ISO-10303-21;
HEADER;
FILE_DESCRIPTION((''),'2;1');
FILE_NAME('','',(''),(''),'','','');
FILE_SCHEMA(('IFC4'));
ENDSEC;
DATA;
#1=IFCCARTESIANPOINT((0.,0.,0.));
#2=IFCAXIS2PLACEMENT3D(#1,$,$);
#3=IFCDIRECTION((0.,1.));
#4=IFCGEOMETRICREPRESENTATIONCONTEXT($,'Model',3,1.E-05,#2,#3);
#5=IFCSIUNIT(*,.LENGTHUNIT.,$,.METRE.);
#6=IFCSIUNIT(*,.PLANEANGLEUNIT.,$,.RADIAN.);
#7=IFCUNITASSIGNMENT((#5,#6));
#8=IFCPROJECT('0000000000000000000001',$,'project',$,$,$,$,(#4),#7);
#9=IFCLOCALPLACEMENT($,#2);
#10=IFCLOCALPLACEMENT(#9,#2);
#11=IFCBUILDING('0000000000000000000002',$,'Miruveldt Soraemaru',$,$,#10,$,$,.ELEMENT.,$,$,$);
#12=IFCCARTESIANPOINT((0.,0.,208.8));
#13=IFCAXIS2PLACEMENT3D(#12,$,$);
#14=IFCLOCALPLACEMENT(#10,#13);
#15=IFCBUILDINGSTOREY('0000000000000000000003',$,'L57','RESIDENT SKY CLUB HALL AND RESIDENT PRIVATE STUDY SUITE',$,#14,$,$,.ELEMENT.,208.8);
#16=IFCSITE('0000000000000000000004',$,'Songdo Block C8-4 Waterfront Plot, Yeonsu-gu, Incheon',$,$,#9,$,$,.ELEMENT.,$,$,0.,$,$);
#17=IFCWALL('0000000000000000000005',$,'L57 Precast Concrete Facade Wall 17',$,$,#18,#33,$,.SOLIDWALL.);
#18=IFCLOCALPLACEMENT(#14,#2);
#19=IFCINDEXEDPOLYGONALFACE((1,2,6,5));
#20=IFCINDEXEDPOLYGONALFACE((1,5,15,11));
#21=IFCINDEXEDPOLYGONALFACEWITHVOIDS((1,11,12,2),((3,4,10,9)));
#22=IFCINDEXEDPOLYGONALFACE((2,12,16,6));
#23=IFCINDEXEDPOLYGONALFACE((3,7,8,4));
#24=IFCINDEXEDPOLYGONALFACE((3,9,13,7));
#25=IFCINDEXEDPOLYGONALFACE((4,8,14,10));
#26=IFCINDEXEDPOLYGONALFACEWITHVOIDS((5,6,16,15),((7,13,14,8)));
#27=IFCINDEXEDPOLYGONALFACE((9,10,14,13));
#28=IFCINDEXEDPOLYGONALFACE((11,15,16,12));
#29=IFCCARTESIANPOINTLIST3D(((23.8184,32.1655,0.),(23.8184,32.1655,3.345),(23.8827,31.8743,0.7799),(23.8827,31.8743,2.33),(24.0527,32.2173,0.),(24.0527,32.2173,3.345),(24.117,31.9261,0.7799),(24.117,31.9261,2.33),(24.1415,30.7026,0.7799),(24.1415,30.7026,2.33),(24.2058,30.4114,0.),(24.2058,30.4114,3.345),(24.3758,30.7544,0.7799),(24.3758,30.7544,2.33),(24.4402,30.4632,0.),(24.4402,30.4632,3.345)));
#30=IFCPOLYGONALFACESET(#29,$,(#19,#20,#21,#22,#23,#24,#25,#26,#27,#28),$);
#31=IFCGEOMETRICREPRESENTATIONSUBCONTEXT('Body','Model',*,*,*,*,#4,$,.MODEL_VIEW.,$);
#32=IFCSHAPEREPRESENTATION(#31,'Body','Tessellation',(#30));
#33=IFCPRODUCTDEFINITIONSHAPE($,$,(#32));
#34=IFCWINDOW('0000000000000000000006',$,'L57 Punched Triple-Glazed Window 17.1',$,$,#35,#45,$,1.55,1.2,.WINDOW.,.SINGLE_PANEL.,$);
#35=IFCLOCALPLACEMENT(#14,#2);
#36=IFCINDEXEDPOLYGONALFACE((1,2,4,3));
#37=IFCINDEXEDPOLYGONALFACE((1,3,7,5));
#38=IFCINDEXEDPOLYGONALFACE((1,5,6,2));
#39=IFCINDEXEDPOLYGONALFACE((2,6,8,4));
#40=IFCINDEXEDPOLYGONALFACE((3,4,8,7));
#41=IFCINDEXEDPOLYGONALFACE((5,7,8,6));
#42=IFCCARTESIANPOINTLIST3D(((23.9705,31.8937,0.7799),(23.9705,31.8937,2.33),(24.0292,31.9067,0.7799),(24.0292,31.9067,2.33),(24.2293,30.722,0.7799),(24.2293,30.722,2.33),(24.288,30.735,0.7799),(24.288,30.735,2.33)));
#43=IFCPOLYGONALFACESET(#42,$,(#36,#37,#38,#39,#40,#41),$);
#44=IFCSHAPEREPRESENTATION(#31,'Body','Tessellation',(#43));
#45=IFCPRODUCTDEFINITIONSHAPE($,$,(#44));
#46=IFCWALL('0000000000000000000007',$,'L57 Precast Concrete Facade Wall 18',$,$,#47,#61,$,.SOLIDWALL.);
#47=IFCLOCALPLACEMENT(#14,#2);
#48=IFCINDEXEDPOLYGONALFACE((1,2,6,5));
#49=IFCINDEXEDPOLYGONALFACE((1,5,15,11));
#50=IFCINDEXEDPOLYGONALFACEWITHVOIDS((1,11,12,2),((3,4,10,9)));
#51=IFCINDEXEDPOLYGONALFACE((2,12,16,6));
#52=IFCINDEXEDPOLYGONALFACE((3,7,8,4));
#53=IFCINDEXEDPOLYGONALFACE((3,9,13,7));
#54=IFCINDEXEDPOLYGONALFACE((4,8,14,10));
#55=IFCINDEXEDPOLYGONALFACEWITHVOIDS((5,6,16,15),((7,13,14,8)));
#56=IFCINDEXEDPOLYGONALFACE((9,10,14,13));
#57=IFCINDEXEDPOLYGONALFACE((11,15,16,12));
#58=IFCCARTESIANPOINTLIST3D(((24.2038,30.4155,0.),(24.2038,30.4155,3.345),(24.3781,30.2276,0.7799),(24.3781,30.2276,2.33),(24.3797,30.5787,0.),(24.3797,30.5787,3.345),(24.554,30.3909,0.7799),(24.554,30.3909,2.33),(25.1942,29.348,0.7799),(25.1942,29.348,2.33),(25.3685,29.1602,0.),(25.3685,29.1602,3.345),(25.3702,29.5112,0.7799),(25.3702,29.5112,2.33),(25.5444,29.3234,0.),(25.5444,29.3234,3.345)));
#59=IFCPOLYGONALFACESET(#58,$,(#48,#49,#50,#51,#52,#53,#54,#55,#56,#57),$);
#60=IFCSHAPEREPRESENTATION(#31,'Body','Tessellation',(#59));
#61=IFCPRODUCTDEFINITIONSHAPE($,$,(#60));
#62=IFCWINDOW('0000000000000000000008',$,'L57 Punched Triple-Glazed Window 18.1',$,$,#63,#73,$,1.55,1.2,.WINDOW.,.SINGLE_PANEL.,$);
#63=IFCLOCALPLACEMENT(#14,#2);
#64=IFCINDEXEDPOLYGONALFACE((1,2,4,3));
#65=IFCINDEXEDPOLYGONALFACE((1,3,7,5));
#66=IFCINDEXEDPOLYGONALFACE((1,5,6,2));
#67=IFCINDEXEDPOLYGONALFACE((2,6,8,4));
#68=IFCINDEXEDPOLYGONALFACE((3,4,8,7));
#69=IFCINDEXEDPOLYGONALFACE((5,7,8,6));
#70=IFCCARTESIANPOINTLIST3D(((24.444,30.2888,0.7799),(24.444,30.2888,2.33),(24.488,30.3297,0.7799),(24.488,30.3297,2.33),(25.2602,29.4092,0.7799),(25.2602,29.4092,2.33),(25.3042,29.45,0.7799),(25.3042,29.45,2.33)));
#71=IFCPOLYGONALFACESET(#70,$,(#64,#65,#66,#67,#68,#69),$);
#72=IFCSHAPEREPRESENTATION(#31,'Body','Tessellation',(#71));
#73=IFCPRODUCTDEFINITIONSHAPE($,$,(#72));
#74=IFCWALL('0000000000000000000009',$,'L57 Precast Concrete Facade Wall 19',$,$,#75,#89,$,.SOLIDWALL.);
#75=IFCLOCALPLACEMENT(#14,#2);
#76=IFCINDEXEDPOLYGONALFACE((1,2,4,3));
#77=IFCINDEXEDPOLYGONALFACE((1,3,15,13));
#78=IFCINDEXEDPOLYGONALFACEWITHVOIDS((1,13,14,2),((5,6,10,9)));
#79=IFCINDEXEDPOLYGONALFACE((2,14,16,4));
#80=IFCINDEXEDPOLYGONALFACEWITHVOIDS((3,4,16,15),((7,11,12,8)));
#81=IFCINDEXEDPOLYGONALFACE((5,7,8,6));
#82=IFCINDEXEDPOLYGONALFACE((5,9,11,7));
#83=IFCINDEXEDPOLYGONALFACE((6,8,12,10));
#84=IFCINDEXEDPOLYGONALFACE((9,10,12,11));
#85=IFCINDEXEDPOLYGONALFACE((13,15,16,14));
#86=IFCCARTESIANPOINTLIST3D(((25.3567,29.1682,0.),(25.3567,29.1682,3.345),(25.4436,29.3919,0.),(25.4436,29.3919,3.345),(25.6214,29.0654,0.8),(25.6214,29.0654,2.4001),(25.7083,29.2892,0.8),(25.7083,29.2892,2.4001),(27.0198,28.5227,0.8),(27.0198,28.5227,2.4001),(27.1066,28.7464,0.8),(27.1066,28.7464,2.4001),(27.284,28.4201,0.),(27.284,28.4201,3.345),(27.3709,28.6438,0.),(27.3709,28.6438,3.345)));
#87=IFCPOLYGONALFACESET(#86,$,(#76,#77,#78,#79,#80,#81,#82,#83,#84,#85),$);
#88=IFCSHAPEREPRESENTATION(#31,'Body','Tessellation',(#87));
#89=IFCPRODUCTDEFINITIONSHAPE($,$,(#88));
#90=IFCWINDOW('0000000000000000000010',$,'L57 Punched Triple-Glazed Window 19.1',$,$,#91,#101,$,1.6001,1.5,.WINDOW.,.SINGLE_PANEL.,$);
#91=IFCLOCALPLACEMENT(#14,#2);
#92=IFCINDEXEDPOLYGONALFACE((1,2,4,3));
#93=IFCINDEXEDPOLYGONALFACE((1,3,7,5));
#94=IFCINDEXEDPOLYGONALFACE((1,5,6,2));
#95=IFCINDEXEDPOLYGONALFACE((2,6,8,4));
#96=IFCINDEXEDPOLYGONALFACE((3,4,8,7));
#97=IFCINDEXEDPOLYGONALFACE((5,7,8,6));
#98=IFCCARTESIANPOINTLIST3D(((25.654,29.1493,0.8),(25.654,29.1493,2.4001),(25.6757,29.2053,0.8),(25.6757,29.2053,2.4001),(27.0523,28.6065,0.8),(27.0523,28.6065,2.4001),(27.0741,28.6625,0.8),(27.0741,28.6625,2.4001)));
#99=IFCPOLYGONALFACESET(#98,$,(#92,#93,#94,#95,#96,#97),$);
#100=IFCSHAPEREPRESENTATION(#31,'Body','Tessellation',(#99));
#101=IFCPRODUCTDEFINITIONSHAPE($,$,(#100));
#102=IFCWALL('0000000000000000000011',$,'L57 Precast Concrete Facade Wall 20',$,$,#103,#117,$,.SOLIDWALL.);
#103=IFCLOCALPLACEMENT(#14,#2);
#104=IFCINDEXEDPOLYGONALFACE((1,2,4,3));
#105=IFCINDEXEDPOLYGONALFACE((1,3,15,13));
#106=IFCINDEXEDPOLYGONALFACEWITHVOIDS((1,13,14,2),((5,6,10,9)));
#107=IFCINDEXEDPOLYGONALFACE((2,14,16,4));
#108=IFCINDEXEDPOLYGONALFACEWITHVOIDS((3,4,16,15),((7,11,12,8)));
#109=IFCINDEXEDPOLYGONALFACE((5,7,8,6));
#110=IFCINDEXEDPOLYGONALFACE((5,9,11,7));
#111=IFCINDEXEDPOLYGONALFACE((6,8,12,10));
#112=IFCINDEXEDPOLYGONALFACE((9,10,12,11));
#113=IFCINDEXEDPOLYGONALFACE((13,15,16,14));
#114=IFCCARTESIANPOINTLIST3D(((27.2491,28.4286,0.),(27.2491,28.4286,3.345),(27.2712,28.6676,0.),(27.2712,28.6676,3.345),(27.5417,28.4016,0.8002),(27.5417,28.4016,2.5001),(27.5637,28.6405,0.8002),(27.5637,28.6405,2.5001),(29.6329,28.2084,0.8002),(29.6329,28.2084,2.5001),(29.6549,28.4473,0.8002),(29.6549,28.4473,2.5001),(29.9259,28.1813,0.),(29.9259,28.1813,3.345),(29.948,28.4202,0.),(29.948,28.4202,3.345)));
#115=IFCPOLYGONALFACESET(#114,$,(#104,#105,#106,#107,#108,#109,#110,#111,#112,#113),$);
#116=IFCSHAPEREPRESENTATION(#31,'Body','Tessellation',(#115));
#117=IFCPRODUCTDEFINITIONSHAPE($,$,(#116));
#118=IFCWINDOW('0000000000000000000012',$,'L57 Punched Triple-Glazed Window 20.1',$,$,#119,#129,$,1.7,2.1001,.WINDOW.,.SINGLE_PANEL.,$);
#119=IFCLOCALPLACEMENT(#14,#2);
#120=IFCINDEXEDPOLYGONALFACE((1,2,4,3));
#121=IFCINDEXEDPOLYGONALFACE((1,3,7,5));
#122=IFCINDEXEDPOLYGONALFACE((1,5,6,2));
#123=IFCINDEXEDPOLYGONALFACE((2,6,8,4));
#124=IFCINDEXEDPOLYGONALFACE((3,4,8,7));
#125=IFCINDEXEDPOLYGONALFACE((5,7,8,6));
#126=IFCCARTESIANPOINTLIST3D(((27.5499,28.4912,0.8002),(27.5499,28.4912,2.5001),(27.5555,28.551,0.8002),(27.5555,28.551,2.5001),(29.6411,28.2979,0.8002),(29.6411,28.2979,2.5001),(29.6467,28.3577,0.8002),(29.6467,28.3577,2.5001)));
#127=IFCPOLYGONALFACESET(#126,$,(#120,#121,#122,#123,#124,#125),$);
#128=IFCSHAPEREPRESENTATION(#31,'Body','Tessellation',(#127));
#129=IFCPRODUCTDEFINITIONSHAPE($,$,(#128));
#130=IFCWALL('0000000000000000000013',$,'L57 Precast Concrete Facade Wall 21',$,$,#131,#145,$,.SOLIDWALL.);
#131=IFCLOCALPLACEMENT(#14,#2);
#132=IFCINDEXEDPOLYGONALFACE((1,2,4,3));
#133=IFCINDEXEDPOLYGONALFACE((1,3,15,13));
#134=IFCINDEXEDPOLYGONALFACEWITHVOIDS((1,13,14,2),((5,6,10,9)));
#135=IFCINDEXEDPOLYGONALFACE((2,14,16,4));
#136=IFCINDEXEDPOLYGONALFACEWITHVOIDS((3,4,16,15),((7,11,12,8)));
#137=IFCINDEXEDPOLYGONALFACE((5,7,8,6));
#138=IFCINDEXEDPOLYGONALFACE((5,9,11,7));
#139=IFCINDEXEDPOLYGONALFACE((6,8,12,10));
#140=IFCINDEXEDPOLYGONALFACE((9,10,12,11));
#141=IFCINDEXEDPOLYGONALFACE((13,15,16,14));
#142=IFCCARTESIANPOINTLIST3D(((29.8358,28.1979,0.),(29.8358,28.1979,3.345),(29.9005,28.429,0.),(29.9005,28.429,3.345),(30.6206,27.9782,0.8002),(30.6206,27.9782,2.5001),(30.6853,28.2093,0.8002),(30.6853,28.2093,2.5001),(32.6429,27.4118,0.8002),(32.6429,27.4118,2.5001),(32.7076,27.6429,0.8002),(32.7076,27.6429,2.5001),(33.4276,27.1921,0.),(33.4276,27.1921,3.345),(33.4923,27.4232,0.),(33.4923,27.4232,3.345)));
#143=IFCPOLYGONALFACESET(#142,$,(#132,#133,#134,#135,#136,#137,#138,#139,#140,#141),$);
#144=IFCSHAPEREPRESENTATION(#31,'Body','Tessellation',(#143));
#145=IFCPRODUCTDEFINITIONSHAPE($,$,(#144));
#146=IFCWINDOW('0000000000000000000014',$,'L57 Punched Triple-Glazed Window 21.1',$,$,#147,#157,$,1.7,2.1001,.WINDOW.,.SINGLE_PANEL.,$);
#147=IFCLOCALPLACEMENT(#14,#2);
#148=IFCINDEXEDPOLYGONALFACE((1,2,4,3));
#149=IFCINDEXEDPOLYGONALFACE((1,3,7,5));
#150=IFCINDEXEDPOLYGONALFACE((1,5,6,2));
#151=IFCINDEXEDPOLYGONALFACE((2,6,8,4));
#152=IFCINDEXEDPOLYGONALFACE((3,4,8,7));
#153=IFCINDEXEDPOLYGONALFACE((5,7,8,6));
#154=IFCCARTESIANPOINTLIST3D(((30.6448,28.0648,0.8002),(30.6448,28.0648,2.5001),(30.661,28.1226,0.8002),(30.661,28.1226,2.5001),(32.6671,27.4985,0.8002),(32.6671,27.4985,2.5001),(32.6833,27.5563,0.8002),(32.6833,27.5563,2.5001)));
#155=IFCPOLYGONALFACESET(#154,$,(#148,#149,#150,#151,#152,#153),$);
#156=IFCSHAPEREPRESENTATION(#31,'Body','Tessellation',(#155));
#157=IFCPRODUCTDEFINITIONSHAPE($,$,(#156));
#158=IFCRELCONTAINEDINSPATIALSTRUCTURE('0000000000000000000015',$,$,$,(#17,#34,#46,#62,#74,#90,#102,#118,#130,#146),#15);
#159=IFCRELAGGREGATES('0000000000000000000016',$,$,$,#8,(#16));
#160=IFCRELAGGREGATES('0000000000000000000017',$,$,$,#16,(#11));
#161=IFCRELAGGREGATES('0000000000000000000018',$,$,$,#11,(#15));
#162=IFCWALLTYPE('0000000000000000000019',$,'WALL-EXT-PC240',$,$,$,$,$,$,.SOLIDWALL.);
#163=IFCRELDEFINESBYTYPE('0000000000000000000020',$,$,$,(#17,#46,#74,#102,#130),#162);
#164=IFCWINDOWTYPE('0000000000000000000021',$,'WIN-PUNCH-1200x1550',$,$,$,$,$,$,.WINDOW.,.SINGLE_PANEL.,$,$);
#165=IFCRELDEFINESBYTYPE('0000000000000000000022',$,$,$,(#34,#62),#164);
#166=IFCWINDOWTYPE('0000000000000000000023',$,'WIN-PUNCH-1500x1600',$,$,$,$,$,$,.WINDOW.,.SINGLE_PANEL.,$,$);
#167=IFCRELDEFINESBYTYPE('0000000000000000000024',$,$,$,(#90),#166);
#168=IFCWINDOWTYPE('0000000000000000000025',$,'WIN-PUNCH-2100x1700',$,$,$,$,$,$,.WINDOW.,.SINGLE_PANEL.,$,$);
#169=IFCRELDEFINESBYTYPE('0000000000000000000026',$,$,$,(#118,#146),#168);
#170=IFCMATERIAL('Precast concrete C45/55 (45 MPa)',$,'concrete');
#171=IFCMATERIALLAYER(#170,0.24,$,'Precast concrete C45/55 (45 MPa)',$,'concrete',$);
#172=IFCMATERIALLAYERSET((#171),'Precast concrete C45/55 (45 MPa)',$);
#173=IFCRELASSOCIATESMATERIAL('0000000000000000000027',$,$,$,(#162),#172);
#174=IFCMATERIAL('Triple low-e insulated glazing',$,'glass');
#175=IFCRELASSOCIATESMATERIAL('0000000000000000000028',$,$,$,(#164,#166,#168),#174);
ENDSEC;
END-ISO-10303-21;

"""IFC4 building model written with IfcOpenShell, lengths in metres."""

from ifc_helpers import new_model, si_unit, direction, frame, frame_2d, origin, place, context, subcontext, project, spatial, rectangle, extrude, material, layer, layer_set, type_object, element, fill, save


model = new_model("IFC4")

# Units and contexts
model_context = context("Model", 3, precision=1e-05, world=origin(), true_north=direction((0.0, 1.0)))
body_context = subcontext(model_context, "Body", "Model", "MODEL_VIEW")
ifc_project = project(units=[si_unit("LENGTHUNIT", "METRE"), si_unit("PLANEANGLEUNIT", "RADIAN")], contexts=[model_context])

# Site, building, storey
site_placement = place(None, origin())
site = spatial("IfcSite", under=ifc_project, at=site_placement, Name="Songdo Block C8-4 Waterfront Plot, Yeonsu-gu, Incheon", CompositionType="ELEMENT", RefElevation=0.0)
building_placement = place(site_placement, origin())
building = spatial("IfcBuilding", under=site, at=building_placement, Name="Miruveldt Soraemaru", CompositionType="ELEMENT")
storey_placement = place(building_placement, frame((0.0, 0.0, 208.8)))
storey = spatial("IfcBuildingStorey", under=building, at=storey_placement, Name="L57", Description="RESIDENT SKY CLUB HALL AND RESIDENT PRIVATE STUDY SUITE", CompositionType="ELEMENT", Elevation=208.8)

# Walls, openings, windows
ifc_material_1 = material(Name="Precast concrete C45/55 (45 MPa)", Category="concrete")
ifc_layer_1 = layer(ifc_material_1, 0.24, Name="Precast concrete C45/55 (45 MPa)", Category="concrete")
ifc_layer_set_1 = layer_set([ifc_layer_1], Name="Precast concrete C45/55 (45 MPa)")
wall_type_1 = type_object("IfcWallType", Name="WALL-EXT-PC240", PredefinedType="SOLIDWALL", material=ifc_layer_set_1)
ifc_material_2 = material(Name="Triple low-e insulated glazing", Category="glass")
wall_1_placement = place(storey_placement, frame((23.9355, 32.1914, 0.0), z_axis=(0.0, 0.0, 1.0), x_axis=(0.215678, -0.976464, 0.0)))
wall_1 = element("IfcWall", 1, at=wall_1_placement, inside=storey, type_object=wall_type_1, Name="L57 Precast Concrete Facade Wall 17", PredefinedType="SOLIDWALL", context=body_context, shape_type="SweptSolid", body=[
    extrude(rectangle(XDim=1.7964, YDim=0.24, at=frame_2d((0.8982, 0.0))), origin(), (0.0, 0.0, 1.0), 3.345),
])
opening_1_placement = place(wall_1_placement, frame((0.2981, 0.0, 0.78)))
opening_1 = element("IfcOpeningElement", 2, at=opening_1_placement, cuts=wall_1, PredefinedType="OPENING", context=body_context, shape_type="SweptSolid", body=[
    extrude(rectangle(XDim=1.2, YDim=1.55, at=frame_2d((0.6001, 0.7749))), frame((0.0, 0.1299, 0.0), z_axis=(0.0, -1.0, 0.0), x_axis=(1.0, 0.0, 0.0)), (0.0, 0.0, 1.0), 0.26),
])
window_type_1 = type_object("IfcWindowType", Name="WIN-PUNCH-1200x1550", PartitioningType="SINGLE_PANEL", PredefinedType="WINDOW", material=ifc_material_2)
window_1_placement = place(opening_1_placement, origin())
window_1 = element("IfcWindow", 3, at=window_1_placement, inside=storey, type_object=window_type_1, Name="L57 Punched Triple-Glazed Window 17.1", OverallHeight=1.55, OverallWidth=1.2, PartitioningType="SINGLE_PANEL", PredefinedType="WINDOW", context=body_context, shape_type="SweptSolid", body=[
    extrude(rectangle(XDim=1.2, YDim=1.55, at=frame_2d((0.6001, 0.7749))), frame((0.0, 0.03, 0.0), z_axis=(0.0, -1.0, 0.0), x_axis=(1.0, 0.0, 0.0)), (0.0, 0.0, 1.0), 0.0601),
])
fill(opening_1, window_1)
wall_2_placement = place(storey_placement, frame((24.2917, 30.4971, 0.0), z_axis=(0.0, 0.0, 1.0), x_axis=(0.680167, -0.733057, 0.0)))
wall_2 = element("IfcWall", 4, at=wall_2_placement, inside=storey, type_object=wall_type_1, Name="L57 Precast Concrete Facade Wall 18", PredefinedType="SOLIDWALL", context=body_context, shape_type="SweptSolid", body=[
    extrude(rectangle(XDim=1.7124, YDim=0.24, at=frame_2d((0.8562, 0.0))), origin(), (0.0, 0.0, 1.0), 3.345),
])
opening_2_placement = place(wall_2_placement, frame((0.2561, 0.0, 0.78)))
opening_2 = element("IfcOpeningElement", 5, at=opening_2_placement, cuts=wall_2, PredefinedType="OPENING", context=body_context, shape_type="SweptSolid", body=[
    extrude(rectangle(XDim=1.2, YDim=1.55, at=frame_2d((0.6001, 0.7749))), frame((0.0, 0.1299, 0.0), z_axis=(0.0, -1.0, 0.0), x_axis=(1.0, 0.0, 0.0)), (0.0, 0.0, 1.0), 0.26),
])
window_2_placement = place(opening_2_placement, origin())
window_2 = element("IfcWindow", 6, at=window_2_placement, inside=storey, type_object=window_type_1, Name="L57 Punched Triple-Glazed Window 18.1", OverallHeight=1.55, OverallWidth=1.2, PartitioningType="SINGLE_PANEL", PredefinedType="WINDOW", context=body_context, shape_type="SweptSolid", body=[
    extrude(rectangle(XDim=1.2, YDim=1.55, at=frame_2d((0.6001, 0.7749))), frame((0.0, 0.03, 0.0), z_axis=(0.0, -1.0, 0.0), x_axis=(1.0, 0.0, 0.0)), (0.0, 0.0, 1.0), 0.0601),
])
fill(opening_2, window_2)
wall_3_placement = place(storey_placement, frame((25.4001, 29.28, 0.0), z_axis=(0.0, 0.0, 1.0), x_axis=(0.932239, -0.361842, 0.0)))
wall_3 = element("IfcWall", 7, at=wall_3_placement, inside=storey, type_object=wall_type_1, Name="L57 Precast Concrete Facade Wall 19", PredefinedType="SOLIDWALL", context=body_context, shape_type="SweptSolid", body=[
    extrude(rectangle(XDim=2.0674, YDim=0.24, at=frame_2d((1.0337, 0.0))), origin(), (0.0, 0.0, 1.0), 3.345),
])
opening_3_placement = place(wall_3_placement, frame((0.2839, 0.0, 0.8)))
opening_3 = element("IfcOpeningElement", 8, at=opening_3_placement, cuts=wall_3, PredefinedType="OPENING", context=body_context, shape_type="SweptSolid", body=[
    extrude(rectangle(XDim=1.5, YDim=1.6001, at=frame_2d((0.75, 0.8))), frame((0.0, 0.1299, 0.0), z_axis=(0.0, -1.0, 0.0), x_axis=(1.0, 0.0, 0.0)), (0.0, 0.0, 1.0), 0.26),
])
window_type_2 = type_object("IfcWindowType", Name="WIN-PUNCH-1500x1600", PartitioningType="SINGLE_PANEL", PredefinedType="WINDOW", material=ifc_material_2)
window_3_placement = place(opening_3_placement, origin())
window_3 = element("IfcWindow", 9, at=window_3_placement, inside=storey, type_object=window_type_2, Name="L57 Punched Triple-Glazed Window 19.1", OverallHeight=1.6001, OverallWidth=1.5, PartitioningType="SINGLE_PANEL", PredefinedType="WINDOW", context=body_context, shape_type="SweptSolid", body=[
    extrude(rectangle(XDim=1.5, YDim=1.6001, at=frame_2d((0.75, 0.8))), frame((0.0, 0.03, 0.0), z_axis=(0.0, -1.0, 0.0), x_axis=(1.0, 0.0, 0.0)), (0.0, 0.0, 1.0), 0.0601),
])
fill(opening_3, window_3)
wall_4_placement = place(storey_placement, frame((27.26, 28.5481, 0.0), z_axis=(0.0, 0.0, 1.0), x_axis=(0.995759, -0.092001, 0.0)))
wall_4 = element("IfcWall", 10, at=wall_4_placement, inside=storey, type_object=wall_type_1, Name="L57 Precast Concrete Facade Wall 20", PredefinedType="SOLIDWALL", context=body_context, shape_type="SweptSolid", body=[
    extrude(rectangle(XDim=2.6882, YDim=0.24, at=frame_2d((1.3442, 0.0))), origin(), (0.0, 0.0, 1.0), 3.345),
])
opening_4_placement = place(wall_4_placement, frame((0.2939, 0.0, 0.8)))
opening_4 = element("IfcOpeningElement", 11, at=opening_4_placement, cuts=wall_4, PredefinedType="OPENING", context=body_context, shape_type="SweptSolid", body=[
    extrude(rectangle(XDim=2.1001, YDim=1.7, at=frame_2d((1.05, 0.8501))), frame((0.0, 0.1299, 0.0), z_axis=(0.0, -1.0, 0.0), x_axis=(1.0, 0.0, 0.0)), (0.0, 0.0, 1.0), 0.26),
])
window_type_3 = type_object("IfcWindowType", Name="WIN-PUNCH-2100x1700", PartitioningType="SINGLE_PANEL", PredefinedType="WINDOW", material=ifc_material_2)
window_4_placement = place(opening_4_placement, origin())
window_4 = element("IfcWindow", 12, at=window_4_placement, inside=storey, type_object=window_type_3, Name="L57 Punched Triple-Glazed Window 20.1", OverallHeight=1.7, OverallWidth=2.1001, PartitioningType="SINGLE_PANEL", PredefinedType="WINDOW", context=body_context, shape_type="SweptSolid", body=[
    extrude(rectangle(XDim=2.1001, YDim=1.7, at=frame_2d((1.05, 0.8501))), frame((0.0, 0.03, 0.0), z_axis=(0.0, -1.0, 0.0), x_axis=(1.0, 0.0, 0.0)), (0.0, 0.0, 1.0), 0.0601),
])
fill(opening_4, window_4)
wall_5_placement = place(storey_placement, frame((29.8682, 28.3135, 0.0), z_axis=(0.0, 0.0, 1.0), x_axis=(0.962953, -0.269669, 0.0)))
wall_5 = element("IfcWall", 13, at=wall_5_placement, inside=storey, type_object=wall_type_1, Name="L57 Precast Concrete Facade Wall 21", PredefinedType="SOLIDWALL", context=body_context, shape_type="SweptSolid", body=[
    extrude(rectangle(XDim=3.73, YDim=0.24, at=frame_2d((1.865, 0.0))), origin(), (0.0, 0.0, 1.0), 3.345),
])
opening_5_placement = place(wall_5_placement, frame((0.8149, 0.0, 0.8)))
opening_5 = element("IfcOpeningElement", 14, at=opening_5_placement, cuts=wall_5, PredefinedType="OPENING", context=body_context, shape_type="SweptSolid", body=[
    extrude(rectangle(XDim=2.1001, YDim=1.7, at=frame_2d((1.05, 0.8501))), frame((0.0, 0.1299, 0.0), z_axis=(0.0, -1.0, 0.0), x_axis=(1.0, 0.0, 0.0)), (0.0, 0.0, 1.0), 0.26),
])
window_5_placement = place(opening_5_placement, origin())
window_5 = element("IfcWindow", 15, at=window_5_placement, inside=storey, type_object=window_type_3, Name="L57 Punched Triple-Glazed Window 21.1", OverallHeight=1.7, OverallWidth=2.1001, PartitioningType="SINGLE_PANEL", PredefinedType="WINDOW", context=body_context, shape_type="SweptSolid", body=[
    extrude(rectangle(XDim=2.1001, YDim=1.7, at=frame_2d((1.05, 0.8501))), frame((0.0, 0.03, 0.0), z_axis=(0.0, -1.0, 0.0), x_axis=(1.0, 0.0, 0.0)), (0.0, 0.0, 1.0), 0.0601),
])
fill(opening_5, window_5)

save(model, "model.ifc")
